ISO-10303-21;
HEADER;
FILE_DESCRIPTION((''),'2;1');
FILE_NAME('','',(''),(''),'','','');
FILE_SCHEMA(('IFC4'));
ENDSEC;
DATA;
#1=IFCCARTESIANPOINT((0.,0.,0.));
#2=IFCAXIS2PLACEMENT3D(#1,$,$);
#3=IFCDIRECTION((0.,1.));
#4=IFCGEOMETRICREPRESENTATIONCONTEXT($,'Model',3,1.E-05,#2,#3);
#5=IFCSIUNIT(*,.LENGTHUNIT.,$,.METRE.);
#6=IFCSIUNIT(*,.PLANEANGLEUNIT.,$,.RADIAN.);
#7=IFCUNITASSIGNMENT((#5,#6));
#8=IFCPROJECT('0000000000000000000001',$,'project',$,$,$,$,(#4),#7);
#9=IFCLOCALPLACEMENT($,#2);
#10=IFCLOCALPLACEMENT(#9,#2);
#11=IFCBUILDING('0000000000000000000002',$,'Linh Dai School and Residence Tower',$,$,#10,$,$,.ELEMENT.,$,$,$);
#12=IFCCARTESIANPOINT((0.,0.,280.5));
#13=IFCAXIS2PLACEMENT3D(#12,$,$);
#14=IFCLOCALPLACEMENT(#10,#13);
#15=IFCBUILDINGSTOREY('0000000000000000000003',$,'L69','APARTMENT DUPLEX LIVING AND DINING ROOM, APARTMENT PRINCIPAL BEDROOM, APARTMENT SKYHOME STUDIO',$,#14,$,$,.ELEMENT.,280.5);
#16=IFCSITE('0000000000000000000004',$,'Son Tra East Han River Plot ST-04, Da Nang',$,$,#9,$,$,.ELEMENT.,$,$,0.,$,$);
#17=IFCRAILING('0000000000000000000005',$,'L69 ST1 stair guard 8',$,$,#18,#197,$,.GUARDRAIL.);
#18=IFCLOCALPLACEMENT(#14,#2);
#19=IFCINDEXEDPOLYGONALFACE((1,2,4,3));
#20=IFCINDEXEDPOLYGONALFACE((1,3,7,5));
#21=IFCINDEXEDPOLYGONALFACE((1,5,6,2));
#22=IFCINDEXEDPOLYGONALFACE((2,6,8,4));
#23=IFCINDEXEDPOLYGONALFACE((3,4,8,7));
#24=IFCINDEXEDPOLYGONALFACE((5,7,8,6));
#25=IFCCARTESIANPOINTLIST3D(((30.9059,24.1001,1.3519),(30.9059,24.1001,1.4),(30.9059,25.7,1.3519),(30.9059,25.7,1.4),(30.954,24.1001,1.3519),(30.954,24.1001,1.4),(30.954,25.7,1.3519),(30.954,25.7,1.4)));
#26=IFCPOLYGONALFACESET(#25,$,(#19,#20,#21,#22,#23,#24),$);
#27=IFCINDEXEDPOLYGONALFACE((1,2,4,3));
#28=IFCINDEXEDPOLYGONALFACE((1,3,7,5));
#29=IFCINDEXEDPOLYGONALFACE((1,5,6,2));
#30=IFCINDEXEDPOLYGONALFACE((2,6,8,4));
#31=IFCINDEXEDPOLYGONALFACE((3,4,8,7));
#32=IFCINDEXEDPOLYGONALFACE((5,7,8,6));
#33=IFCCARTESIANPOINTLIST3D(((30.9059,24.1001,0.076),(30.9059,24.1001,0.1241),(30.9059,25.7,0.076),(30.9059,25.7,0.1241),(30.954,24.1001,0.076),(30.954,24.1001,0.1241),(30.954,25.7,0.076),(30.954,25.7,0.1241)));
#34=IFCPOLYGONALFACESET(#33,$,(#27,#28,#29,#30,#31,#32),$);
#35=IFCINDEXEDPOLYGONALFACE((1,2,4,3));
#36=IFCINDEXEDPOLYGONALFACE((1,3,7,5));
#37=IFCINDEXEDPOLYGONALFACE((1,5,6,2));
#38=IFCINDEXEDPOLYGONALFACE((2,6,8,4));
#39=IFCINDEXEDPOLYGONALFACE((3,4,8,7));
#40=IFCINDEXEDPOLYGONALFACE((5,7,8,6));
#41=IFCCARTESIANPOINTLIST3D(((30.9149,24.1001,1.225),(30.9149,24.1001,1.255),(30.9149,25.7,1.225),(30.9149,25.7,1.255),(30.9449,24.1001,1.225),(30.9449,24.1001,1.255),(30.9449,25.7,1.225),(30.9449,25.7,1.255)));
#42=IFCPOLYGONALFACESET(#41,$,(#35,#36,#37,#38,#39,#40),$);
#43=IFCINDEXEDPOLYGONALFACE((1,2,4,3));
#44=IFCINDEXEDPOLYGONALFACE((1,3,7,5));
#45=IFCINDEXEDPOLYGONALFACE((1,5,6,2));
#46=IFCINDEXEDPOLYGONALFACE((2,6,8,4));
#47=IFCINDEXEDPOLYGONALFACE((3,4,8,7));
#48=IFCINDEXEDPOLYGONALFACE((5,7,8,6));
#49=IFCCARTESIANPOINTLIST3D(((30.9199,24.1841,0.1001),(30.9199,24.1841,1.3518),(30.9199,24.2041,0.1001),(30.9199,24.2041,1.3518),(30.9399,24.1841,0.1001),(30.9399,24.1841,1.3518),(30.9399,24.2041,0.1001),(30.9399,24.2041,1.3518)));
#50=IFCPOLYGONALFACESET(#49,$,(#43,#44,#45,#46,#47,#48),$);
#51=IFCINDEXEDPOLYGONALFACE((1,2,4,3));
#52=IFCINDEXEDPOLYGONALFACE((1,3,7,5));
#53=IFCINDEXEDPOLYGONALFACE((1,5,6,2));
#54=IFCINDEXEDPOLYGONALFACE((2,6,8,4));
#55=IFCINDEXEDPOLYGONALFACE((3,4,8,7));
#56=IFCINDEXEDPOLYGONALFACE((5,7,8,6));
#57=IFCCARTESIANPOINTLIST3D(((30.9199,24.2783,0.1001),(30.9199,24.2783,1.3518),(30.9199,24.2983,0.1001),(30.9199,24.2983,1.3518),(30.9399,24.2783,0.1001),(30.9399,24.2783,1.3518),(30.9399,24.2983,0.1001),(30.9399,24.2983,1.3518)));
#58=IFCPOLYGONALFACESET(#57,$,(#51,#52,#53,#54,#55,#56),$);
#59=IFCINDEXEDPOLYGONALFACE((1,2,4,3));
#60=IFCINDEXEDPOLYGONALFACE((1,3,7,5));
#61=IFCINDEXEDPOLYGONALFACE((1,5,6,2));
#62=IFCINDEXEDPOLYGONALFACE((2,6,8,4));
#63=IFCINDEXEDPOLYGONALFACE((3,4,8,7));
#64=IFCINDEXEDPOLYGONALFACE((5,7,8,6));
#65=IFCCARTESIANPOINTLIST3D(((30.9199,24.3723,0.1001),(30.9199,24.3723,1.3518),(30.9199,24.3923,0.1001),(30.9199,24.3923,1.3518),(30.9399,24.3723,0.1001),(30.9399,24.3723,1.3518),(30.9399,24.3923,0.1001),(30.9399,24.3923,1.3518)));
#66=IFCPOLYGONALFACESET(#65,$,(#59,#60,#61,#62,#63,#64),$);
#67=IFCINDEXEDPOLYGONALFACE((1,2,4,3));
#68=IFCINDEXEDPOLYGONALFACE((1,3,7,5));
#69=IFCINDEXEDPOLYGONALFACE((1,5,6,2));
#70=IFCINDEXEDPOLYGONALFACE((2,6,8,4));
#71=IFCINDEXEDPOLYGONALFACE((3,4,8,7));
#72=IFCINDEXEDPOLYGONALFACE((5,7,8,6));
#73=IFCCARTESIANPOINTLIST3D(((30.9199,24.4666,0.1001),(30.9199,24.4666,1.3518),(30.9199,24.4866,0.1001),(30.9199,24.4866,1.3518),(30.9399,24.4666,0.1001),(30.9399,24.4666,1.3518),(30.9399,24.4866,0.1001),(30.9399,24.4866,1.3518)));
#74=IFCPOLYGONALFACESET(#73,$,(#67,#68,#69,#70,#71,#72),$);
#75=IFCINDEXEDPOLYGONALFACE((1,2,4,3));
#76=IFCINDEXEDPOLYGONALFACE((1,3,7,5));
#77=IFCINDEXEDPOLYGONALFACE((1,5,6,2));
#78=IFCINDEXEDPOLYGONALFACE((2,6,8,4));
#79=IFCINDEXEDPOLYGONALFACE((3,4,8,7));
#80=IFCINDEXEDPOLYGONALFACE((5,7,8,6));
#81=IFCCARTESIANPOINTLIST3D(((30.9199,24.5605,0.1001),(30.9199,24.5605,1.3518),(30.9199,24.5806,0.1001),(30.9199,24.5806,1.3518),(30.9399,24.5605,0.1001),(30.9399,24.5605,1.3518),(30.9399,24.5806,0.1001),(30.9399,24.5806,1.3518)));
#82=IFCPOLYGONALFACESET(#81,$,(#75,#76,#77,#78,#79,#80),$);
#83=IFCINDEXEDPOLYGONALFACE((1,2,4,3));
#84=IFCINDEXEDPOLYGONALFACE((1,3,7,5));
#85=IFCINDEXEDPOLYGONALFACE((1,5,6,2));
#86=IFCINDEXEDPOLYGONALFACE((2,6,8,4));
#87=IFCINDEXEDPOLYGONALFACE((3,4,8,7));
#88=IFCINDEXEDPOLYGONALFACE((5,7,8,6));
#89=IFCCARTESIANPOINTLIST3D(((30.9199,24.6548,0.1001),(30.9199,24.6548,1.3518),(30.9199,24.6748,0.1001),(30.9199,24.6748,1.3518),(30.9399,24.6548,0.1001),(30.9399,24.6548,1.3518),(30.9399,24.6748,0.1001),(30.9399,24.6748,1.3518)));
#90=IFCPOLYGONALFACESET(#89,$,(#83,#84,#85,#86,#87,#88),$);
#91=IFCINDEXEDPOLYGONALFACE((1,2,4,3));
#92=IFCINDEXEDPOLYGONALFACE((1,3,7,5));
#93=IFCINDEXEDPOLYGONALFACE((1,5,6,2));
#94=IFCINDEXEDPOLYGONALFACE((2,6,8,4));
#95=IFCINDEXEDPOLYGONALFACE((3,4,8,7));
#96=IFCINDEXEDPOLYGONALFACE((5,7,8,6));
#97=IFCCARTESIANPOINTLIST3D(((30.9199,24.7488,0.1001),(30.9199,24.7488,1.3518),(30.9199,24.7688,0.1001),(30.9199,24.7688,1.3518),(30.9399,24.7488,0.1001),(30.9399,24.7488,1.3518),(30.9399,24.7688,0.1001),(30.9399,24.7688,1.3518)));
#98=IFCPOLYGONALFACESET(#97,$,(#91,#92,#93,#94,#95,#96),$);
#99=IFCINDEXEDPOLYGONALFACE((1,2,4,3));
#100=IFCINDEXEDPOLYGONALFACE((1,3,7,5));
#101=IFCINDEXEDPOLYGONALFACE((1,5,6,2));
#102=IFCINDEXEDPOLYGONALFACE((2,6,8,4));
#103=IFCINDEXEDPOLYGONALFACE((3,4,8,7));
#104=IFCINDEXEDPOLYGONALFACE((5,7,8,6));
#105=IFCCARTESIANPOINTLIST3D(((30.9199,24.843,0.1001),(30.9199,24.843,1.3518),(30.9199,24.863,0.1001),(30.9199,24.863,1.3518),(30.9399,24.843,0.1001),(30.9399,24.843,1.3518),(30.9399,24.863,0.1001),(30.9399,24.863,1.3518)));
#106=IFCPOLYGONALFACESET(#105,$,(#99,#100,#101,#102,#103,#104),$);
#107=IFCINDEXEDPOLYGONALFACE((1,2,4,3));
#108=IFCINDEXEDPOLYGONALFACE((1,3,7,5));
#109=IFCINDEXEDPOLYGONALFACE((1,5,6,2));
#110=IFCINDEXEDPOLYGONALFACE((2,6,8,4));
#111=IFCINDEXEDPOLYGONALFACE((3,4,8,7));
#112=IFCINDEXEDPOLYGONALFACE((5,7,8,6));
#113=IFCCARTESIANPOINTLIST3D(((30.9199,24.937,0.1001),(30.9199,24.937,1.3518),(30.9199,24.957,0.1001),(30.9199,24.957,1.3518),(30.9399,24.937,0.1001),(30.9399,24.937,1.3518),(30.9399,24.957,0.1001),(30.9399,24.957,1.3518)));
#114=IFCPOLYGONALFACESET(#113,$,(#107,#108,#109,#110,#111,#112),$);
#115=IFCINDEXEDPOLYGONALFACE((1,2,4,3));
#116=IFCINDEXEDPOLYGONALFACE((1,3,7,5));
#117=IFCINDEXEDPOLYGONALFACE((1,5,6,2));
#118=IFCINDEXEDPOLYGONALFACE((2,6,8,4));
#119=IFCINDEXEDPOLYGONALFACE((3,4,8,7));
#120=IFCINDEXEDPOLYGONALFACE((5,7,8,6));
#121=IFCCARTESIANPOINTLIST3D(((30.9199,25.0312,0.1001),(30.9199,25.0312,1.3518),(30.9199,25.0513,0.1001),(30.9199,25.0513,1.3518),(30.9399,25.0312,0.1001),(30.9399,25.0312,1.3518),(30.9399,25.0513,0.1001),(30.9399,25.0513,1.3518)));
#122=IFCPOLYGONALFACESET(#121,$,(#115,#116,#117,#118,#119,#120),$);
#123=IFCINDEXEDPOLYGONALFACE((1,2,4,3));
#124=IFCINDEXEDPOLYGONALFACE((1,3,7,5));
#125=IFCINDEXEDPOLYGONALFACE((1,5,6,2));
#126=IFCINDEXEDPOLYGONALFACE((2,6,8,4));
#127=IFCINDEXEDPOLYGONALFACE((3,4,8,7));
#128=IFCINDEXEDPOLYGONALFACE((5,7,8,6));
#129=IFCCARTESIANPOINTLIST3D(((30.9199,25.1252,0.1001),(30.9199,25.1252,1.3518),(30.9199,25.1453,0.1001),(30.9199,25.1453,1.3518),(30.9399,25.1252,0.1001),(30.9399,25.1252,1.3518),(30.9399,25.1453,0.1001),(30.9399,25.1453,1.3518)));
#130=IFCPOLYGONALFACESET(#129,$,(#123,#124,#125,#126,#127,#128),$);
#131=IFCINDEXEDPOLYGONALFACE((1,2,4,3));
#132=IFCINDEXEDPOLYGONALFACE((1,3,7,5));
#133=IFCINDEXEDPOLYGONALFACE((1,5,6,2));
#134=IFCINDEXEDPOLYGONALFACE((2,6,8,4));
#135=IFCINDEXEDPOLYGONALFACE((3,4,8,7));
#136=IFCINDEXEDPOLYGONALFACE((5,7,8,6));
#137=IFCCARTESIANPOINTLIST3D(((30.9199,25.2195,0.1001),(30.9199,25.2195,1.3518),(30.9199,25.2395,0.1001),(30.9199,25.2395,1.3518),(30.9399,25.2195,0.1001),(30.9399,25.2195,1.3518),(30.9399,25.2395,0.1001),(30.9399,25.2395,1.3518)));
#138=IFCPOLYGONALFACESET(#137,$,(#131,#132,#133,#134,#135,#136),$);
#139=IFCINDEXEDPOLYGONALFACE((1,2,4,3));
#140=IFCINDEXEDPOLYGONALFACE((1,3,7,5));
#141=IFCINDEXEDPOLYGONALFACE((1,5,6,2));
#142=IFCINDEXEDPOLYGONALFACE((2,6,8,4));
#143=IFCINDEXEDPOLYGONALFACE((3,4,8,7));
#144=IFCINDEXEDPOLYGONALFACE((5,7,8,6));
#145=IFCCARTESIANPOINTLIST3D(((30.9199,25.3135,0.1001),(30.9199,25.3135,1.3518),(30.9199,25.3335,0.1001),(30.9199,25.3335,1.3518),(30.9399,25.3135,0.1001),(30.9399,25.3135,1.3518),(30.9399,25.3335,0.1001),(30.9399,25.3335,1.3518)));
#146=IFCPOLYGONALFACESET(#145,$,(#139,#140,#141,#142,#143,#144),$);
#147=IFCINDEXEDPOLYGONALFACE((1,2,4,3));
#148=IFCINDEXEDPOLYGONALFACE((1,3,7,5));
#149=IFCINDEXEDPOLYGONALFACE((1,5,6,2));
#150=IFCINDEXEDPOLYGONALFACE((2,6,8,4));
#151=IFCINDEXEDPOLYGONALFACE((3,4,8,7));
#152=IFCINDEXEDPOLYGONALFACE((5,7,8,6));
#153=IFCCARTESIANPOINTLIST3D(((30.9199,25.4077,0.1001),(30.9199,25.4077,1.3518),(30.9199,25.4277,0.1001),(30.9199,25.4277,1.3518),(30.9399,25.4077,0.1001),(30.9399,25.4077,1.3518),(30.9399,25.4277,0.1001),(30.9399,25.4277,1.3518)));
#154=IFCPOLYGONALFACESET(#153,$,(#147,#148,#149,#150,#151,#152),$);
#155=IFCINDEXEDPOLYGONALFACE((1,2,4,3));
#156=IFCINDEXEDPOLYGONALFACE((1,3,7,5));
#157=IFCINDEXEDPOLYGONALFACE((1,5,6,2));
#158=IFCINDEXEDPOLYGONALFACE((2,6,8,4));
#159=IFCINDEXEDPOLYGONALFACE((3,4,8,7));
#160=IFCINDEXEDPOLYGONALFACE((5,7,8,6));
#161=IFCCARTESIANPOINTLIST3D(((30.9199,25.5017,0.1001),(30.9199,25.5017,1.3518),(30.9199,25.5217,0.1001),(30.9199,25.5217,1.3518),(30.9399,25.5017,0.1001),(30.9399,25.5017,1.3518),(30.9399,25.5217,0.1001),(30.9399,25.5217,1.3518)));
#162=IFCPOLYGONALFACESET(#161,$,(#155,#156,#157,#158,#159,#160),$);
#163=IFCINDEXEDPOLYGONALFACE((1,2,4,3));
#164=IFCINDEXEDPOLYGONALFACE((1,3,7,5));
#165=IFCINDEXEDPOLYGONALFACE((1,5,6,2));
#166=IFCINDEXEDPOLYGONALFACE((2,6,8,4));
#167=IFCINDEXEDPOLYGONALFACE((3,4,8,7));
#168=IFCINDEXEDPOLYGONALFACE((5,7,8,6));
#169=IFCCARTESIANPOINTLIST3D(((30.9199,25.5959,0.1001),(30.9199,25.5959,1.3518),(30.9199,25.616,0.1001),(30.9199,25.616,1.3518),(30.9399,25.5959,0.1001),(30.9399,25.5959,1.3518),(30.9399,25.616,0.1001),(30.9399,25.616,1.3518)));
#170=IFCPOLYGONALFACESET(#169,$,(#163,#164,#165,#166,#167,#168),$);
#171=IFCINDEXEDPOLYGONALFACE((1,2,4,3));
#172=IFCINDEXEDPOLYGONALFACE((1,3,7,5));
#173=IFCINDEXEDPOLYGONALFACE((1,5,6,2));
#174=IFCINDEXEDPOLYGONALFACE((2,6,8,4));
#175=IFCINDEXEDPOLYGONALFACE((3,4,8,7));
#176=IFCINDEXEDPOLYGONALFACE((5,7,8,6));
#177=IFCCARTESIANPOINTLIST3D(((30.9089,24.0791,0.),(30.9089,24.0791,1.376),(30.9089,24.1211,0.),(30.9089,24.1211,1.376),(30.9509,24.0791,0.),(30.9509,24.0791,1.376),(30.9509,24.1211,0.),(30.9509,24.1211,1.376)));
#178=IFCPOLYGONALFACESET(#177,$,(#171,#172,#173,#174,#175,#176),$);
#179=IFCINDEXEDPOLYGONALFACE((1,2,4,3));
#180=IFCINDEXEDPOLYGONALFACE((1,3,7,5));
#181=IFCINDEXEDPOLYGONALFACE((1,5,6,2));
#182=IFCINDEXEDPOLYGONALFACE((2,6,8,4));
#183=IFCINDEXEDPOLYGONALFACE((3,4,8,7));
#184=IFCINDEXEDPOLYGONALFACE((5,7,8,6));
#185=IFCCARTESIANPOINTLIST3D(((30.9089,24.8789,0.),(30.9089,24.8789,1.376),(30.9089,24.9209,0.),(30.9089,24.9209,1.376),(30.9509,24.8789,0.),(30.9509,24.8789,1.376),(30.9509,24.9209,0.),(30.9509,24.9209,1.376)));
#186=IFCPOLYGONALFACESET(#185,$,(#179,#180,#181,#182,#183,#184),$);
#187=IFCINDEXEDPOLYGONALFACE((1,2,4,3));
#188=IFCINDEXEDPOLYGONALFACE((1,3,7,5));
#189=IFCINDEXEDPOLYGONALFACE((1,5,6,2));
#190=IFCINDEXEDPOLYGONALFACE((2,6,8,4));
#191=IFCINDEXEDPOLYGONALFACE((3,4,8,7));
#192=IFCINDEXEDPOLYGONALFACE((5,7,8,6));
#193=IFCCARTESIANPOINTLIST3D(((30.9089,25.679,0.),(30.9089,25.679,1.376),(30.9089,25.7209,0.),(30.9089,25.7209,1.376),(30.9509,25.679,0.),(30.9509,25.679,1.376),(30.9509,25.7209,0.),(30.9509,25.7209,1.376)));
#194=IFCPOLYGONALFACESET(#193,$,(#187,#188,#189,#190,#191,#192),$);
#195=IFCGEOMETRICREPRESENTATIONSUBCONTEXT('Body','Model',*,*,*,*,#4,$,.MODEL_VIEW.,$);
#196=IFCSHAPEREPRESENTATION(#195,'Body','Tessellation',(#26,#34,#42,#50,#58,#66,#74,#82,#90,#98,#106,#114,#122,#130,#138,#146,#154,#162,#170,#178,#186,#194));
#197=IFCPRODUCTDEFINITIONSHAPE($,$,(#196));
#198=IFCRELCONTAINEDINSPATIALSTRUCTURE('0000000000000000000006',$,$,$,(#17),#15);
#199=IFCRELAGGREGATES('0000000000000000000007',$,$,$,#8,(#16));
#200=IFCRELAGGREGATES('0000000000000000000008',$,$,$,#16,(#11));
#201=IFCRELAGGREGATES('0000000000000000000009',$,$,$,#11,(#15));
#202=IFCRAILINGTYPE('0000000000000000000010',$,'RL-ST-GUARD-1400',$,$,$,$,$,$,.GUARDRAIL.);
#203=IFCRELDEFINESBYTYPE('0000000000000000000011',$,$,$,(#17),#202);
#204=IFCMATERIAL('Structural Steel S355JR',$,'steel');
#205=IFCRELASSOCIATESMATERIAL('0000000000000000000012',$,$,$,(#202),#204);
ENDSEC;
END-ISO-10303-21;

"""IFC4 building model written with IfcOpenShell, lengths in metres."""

from ifc_helpers import new_model, si_unit, direction, frame, origin, origin_2d, place, context, subcontext, project, spatial, rectangle, extrude, source, transform, mapped, material, type_object, element, save


model = new_model("IFC4")

# Units and contexts
model_context = context("Model", 3, precision=1e-05, world=origin(), true_north=direction((0.0, 1.0)))
body_context = subcontext(model_context, "Body", "Model", "MODEL_VIEW")
ifc_project = project(units=[si_unit("LENGTHUNIT", "METRE"), si_unit("PLANEANGLEUNIT", "RADIAN")], contexts=[model_context])

# Site, building, storey
site_placement = place(None, origin())
site = spatial("IfcSite", under=ifc_project, at=site_placement, Name="Son Tra East Han River Plot ST-04, Da Nang", CompositionType="ELEMENT", RefElevation=0.0)
building_placement = place(site_placement, origin())
building = spatial("IfcBuilding", under=site, at=building_placement, Name="Linh Dai School and Residence Tower", CompositionType="ELEMENT")
storey_placement = place(building_placement, frame((0.0, 0.0, 280.5)))
storey = spatial("IfcBuildingStorey", under=building, at=storey_placement, Name="L69", Description="APARTMENT DUPLEX LIVING AND DINING ROOM, APARTMENT PRINCIPAL BEDROOM, APARTMENT SKYHOME STUDIO", CompositionType="ELEMENT", Elevation=280.5)

# Shared definitions
ifc_material_1 = material(Name="Structural Steel S355JR", Category="steel")

# Railing
railing_type_1 = type_object("IfcRailingType", Name="RL-ST-GUARD-1400", PredefinedType="GUARDRAIL", material=ifc_material_1)
shared_shape_1 = source(origin(), body_context, "Body", "SweptSolid", [
    extrude(rectangle(XDim=0.0481, YDim=0.0481, at=origin_2d()), frame((0.0, 0.0, 1.376), z_axis=(0.0, 1.0, 0.0), x_axis=(-1.0, 0.0, 0.0)), (0.0, 0.0, 1.0), 1.5999),
    extrude(rectangle(XDim=0.0481, YDim=0.0481, at=origin_2d()), frame((0.0, 0.0, 0.1001), z_axis=(0.0, 1.0, 0.0), x_axis=(-1.0, 0.0, 0.0)), (0.0, 0.0, 1.0), 1.5999),
    extrude(rectangle(XDim=0.03, YDim=0.03, at=origin_2d()), frame((0.0, 0.0, 1.24), z_axis=(0.0, 1.0, 0.0), x_axis=(-1.0, 0.0, 0.0)), (0.0, 0.0, 1.0), 1.5999),
    extrude(rectangle(XDim=0.02, YDim=0.02, at=origin_2d()), frame((0.0, 0.094, 0.1001)), (0.0, 0.0, 1.0), 1.2517),
    extrude(rectangle(XDim=0.02, YDim=0.02, at=origin_2d()), frame((0.0, 0.1882, 0.1001)), (0.0, 0.0, 1.0), 1.2517),
    extrude(rectangle(XDim=0.02, YDim=0.02, at=origin_2d()), frame((0.0, 0.2822, 0.1001)), (0.0, 0.0, 1.0), 1.2517),
    extrude(rectangle(XDim=0.02, YDim=0.02, at=origin_2d()), frame((0.0, 0.3765, 0.1001)), (0.0, 0.0, 1.0), 1.2517),
    extrude(rectangle(XDim=0.02, YDim=0.02, at=origin_2d()), frame((0.0, 0.4705, 0.1001)), (0.0, 0.0, 1.0), 1.2517),
    extrude(rectangle(XDim=0.02, YDim=0.02, at=origin_2d()), frame((0.0, 0.5647, 0.1001)), (0.0, 0.0, 1.0), 1.2517),
    extrude(rectangle(XDim=0.02, YDim=0.02, at=origin_2d()), frame((0.0, 0.6587, 0.1001)), (0.0, 0.0, 1.0), 1.2517),
    extrude(rectangle(XDim=0.02, YDim=0.02, at=origin_2d()), frame((0.0, 0.7529, 0.1001)), (0.0, 0.0, 1.0), 1.2517),
    extrude(rectangle(XDim=0.02, YDim=0.02, at=origin_2d()), frame((0.0, 0.8469, 0.1001)), (0.0, 0.0, 1.0), 1.2517),
    extrude(rectangle(XDim=0.02, YDim=0.02, at=origin_2d()), frame((0.0, 0.9412, 0.1001)), (0.0, 0.0, 1.0), 1.2517),
    extrude(rectangle(XDim=0.02, YDim=0.02, at=origin_2d()), frame((0.0, 1.0352, 0.1001)), (0.0, 0.0, 1.0), 1.2517),
    extrude(rectangle(XDim=0.02, YDim=0.02, at=origin_2d()), frame((0.0, 1.1294, 0.1001)), (0.0, 0.0, 1.0), 1.2517),
    extrude(rectangle(XDim=0.02, YDim=0.02, at=origin_2d()), frame((0.0, 1.2234, 0.1001)), (0.0, 0.0, 1.0), 1.2517),
    extrude(rectangle(XDim=0.02, YDim=0.02, at=origin_2d()), frame((0.0, 1.3176, 0.1001)), (0.0, 0.0, 1.0), 1.2517),
    extrude(rectangle(XDim=0.02, YDim=0.02, at=origin_2d()), frame((0.0, 1.4116, 0.1001)), (0.0, 0.0, 1.0), 1.2517),
    extrude(rectangle(XDim=0.02, YDim=0.02, at=origin_2d()), frame((0.0, 1.5059, 0.1001)), (0.0, 0.0, 1.0), 1.2517),
    extrude(rectangle(XDim=0.042, YDim=0.042, at=origin_2d()), origin(), (0.0, 0.0, 1.0), 1.376),
    extrude(rectangle(XDim=0.042, YDim=0.042, at=origin_2d()), frame((0.0, 0.7998, 0.0)), (0.0, 0.0, 1.0), 1.376),
    extrude(rectangle(XDim=0.042, YDim=0.042, at=origin_2d()), frame((0.0, 1.5999, 0.0)), (0.0, 0.0, 1.0), 1.376),
])
for number, where, name in (
    (1, (30.9299, 24.1001, 0.0), "L69 ST1 stair guard 8"),
):
    element("IfcRailing", number, at=place(storey_placement, frame(where)), inside=storey, type_object=railing_type_1, Name=name, PredefinedType="GUARDRAIL", context=body_context, shape_type="MappedRepresentation", body=[
        mapped(shared_shape_1, transform((0.0, 0.0, 0.0), x_axis=(1.0, 0.0, 0.0), y_axis=(0.0, 1.0, 0.0), z_axis=(0.0, 0.0, 1.0), scale=1.0)),
    ])

save(model, "model.ifc")
